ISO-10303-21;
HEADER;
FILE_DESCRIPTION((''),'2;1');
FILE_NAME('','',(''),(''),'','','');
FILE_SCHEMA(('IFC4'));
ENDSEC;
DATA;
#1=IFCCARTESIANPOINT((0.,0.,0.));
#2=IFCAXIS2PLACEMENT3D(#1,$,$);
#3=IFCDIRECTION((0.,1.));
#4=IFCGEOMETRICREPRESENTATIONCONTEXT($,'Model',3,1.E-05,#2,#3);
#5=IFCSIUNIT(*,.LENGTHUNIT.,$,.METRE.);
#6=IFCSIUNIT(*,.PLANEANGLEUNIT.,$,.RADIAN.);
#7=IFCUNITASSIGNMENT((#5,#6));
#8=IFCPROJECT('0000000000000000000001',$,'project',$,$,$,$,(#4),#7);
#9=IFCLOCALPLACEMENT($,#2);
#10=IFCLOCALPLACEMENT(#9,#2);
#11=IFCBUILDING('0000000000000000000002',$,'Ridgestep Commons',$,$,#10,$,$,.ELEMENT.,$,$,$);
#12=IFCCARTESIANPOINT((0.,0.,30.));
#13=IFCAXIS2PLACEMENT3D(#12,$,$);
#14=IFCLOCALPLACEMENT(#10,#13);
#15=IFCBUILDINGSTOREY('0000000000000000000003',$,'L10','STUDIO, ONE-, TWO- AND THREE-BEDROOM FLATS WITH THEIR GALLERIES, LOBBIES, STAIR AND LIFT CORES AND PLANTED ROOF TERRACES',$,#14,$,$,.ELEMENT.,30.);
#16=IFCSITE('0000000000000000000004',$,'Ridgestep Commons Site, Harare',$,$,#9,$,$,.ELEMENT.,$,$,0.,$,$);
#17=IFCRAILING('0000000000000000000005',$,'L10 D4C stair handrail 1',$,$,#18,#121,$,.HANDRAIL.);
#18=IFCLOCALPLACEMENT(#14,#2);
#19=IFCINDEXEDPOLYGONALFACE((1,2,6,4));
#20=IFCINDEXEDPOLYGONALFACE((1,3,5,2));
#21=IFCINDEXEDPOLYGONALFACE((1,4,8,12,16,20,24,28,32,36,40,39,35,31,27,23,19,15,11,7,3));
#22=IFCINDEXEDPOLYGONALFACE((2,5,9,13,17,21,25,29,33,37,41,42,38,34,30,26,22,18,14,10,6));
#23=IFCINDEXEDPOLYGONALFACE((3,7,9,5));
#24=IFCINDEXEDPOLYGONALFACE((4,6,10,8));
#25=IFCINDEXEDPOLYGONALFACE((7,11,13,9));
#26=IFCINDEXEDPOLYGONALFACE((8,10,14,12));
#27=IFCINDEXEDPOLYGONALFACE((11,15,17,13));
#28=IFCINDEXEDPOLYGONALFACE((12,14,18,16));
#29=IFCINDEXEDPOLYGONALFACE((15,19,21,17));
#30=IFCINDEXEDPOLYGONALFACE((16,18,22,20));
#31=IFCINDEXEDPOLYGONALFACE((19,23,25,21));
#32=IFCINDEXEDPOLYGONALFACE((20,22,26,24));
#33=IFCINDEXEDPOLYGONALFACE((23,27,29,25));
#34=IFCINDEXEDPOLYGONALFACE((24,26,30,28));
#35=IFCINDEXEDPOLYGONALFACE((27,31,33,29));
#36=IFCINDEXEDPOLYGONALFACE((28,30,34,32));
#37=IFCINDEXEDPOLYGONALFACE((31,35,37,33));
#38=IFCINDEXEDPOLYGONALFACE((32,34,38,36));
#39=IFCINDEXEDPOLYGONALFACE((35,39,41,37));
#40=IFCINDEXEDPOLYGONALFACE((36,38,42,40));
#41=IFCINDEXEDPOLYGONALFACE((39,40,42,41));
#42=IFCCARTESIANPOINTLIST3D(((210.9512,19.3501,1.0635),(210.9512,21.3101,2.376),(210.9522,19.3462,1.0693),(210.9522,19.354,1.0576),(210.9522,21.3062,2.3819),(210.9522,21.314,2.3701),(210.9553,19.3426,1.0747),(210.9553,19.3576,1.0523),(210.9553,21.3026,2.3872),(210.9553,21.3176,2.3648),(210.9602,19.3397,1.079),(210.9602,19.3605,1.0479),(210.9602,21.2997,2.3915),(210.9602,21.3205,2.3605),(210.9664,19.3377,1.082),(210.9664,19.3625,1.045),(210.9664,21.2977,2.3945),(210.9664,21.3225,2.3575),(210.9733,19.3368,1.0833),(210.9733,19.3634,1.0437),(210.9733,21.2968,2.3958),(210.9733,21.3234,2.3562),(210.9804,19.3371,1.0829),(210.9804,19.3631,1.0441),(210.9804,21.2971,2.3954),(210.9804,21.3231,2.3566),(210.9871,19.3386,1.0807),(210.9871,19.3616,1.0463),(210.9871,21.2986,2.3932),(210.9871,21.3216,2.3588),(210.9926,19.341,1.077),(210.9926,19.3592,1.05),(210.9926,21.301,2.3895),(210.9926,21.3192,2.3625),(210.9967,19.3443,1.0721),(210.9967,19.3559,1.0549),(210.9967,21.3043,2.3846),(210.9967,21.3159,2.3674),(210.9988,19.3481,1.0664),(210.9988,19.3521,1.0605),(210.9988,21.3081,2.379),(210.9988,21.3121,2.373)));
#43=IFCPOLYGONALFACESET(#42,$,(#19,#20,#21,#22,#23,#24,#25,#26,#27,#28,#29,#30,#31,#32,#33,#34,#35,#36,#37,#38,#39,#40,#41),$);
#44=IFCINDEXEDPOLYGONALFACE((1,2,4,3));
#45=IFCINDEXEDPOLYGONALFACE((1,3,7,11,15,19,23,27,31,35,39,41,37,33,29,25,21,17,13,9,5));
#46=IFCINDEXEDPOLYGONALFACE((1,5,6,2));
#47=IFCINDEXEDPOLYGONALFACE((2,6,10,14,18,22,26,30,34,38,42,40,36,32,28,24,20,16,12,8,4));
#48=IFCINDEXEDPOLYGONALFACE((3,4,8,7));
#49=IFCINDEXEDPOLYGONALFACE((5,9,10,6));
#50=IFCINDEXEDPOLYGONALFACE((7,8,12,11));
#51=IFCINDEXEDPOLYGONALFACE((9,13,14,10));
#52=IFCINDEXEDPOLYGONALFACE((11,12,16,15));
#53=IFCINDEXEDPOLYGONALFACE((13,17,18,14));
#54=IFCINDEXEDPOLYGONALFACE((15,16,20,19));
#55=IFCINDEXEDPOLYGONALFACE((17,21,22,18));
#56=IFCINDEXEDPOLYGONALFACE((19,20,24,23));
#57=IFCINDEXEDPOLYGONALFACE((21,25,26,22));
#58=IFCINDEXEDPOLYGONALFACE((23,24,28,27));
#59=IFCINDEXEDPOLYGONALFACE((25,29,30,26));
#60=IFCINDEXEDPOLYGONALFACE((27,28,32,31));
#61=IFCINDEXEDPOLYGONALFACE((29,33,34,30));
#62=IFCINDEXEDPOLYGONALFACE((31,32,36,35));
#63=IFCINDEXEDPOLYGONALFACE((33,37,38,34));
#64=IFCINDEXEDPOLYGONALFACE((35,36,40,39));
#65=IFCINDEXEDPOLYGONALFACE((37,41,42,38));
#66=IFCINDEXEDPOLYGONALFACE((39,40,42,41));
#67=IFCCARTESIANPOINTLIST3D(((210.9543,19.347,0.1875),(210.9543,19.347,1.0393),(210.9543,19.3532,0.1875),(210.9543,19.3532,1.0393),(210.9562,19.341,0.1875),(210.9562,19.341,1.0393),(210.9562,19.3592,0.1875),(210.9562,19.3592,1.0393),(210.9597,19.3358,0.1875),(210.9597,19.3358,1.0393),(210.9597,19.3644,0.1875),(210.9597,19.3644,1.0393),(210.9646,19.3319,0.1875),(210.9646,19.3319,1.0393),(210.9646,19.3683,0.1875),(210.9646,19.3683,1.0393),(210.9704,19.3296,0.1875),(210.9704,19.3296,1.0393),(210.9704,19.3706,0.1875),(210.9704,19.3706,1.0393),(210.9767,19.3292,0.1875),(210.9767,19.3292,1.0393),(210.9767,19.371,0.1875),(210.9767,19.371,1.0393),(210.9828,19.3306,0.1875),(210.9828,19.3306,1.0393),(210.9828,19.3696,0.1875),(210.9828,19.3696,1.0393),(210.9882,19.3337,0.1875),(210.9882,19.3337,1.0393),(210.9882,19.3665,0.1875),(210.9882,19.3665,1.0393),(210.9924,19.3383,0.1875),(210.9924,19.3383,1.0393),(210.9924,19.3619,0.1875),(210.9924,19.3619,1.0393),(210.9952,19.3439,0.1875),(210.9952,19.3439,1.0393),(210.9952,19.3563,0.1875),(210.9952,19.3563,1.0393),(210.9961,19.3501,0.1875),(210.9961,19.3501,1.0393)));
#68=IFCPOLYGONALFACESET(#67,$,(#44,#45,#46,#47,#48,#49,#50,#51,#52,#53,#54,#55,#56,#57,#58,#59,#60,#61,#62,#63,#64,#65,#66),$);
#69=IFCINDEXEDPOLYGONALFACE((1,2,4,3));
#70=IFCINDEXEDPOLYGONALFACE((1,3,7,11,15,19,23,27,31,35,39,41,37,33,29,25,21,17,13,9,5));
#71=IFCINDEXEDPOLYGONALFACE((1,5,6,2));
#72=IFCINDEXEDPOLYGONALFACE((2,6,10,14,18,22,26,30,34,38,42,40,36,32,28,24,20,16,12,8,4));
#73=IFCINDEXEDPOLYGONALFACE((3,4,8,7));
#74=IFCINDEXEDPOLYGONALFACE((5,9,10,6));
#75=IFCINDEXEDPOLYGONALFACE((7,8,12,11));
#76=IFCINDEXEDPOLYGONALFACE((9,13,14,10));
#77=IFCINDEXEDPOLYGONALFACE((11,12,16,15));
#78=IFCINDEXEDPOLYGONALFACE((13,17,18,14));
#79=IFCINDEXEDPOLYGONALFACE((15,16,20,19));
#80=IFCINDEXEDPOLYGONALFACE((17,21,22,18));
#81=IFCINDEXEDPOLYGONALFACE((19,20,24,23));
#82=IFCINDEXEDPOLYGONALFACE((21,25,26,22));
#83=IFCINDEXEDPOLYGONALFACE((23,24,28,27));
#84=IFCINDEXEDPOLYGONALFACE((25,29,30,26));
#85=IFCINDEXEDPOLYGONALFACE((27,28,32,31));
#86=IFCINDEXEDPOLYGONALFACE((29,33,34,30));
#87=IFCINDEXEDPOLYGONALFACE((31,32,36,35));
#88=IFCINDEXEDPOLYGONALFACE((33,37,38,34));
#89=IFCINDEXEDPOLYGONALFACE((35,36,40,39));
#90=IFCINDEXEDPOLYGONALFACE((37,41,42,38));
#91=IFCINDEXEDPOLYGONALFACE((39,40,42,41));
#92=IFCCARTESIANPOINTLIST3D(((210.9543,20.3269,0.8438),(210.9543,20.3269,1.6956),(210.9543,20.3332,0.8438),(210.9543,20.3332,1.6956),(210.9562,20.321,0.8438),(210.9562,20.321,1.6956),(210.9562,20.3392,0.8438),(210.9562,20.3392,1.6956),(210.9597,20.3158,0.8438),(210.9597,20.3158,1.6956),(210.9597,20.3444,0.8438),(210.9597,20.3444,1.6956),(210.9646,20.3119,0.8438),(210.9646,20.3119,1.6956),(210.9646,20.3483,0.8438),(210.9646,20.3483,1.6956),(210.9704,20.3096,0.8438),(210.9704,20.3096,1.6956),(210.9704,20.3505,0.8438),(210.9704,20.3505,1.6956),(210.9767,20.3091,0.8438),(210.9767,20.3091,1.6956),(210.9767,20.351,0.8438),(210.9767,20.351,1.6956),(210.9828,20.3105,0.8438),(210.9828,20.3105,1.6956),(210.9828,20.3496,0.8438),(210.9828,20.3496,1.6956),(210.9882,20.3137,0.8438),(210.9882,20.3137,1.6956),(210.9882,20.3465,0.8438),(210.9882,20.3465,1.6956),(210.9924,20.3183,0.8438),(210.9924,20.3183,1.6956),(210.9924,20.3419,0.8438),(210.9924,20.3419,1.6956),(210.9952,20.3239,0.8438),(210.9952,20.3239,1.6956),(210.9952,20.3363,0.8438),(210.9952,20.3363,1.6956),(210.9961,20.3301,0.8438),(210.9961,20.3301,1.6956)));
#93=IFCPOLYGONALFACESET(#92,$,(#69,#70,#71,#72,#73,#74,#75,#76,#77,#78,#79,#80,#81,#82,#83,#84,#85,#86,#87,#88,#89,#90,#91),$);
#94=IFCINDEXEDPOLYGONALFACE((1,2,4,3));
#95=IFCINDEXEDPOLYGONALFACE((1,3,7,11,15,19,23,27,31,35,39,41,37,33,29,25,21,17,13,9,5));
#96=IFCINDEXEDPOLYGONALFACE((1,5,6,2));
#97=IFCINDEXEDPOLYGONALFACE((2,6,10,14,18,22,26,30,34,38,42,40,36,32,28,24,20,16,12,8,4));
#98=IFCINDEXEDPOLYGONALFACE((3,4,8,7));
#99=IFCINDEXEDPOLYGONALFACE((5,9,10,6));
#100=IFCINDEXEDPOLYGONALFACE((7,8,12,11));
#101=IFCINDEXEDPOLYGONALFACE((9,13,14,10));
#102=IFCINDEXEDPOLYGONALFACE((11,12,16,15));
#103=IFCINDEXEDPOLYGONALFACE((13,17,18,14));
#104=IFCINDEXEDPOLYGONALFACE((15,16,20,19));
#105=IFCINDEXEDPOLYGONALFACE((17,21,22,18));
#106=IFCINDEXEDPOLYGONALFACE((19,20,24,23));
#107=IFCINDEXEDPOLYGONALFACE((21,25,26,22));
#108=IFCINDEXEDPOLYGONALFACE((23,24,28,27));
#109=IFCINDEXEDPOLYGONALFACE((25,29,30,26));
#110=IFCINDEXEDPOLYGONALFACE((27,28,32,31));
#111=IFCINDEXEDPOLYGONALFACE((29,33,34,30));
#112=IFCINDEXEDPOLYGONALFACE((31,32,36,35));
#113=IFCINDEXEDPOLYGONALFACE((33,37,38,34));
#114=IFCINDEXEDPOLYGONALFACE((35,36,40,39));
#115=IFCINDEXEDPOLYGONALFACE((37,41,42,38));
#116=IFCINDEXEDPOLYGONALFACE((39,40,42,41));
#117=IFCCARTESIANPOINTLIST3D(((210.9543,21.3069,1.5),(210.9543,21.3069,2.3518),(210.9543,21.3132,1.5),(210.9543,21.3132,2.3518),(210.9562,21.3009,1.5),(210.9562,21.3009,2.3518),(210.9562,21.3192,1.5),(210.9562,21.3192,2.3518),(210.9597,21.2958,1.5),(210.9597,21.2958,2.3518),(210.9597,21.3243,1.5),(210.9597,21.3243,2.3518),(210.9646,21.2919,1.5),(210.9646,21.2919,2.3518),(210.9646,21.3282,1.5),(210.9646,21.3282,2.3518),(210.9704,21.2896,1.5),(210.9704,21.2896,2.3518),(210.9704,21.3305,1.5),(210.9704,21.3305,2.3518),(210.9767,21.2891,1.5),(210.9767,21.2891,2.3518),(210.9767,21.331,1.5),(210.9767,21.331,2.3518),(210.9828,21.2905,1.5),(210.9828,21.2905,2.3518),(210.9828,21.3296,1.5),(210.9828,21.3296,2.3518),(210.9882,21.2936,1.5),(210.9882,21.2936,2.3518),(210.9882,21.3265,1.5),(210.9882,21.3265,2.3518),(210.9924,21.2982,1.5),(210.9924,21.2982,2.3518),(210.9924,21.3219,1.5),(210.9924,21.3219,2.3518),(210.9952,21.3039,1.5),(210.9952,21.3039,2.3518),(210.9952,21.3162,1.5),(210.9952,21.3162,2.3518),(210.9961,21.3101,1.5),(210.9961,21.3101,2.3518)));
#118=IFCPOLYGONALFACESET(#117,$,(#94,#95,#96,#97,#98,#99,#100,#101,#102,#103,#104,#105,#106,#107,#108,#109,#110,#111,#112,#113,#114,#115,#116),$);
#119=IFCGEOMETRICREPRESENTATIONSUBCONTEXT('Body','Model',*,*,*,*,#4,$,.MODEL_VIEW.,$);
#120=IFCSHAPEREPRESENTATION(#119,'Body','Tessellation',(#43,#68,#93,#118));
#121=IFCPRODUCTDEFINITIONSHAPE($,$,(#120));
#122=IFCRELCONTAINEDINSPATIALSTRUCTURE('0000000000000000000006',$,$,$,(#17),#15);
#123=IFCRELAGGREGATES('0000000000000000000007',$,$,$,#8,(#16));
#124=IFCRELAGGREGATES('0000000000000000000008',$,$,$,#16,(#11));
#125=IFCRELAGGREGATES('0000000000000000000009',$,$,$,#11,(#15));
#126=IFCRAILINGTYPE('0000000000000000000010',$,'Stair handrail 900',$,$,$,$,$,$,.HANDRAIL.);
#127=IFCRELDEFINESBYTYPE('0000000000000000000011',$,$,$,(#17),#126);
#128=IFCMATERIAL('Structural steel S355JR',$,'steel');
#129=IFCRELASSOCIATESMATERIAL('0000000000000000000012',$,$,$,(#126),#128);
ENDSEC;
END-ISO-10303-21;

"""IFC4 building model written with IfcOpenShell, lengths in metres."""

from ifc_helpers import new_model, si_unit, direction, frame, origin, origin_2d, place, context, subcontext, project, spatial, circle, extrude, material, type_object, element, save


model = new_model("IFC4")

# Units and contexts
model_context = context("Model", 3, precision=1e-05, world=origin(), true_north=direction((0.0, 1.0)))
body_context = subcontext(model_context, "Body", "Model", "MODEL_VIEW")
ifc_project = project(units=[si_unit("LENGTHUNIT", "METRE"), si_unit("PLANEANGLEUNIT", "RADIAN")], contexts=[model_context])

# Site, building, storey
site_placement = place(None, origin())
site = spatial("IfcSite", under=ifc_project, at=site_placement, Name="Ridgestep Commons Site, Harare", CompositionType="ELEMENT", RefElevation=0.0)
building_placement = place(site_placement, origin())
building = spatial("IfcBuilding", under=site, at=building_placement, Name="Ridgestep Commons", CompositionType="ELEMENT")
storey_placement = place(building_placement, frame((0.0, 0.0, 30.0)))
storey = spatial("IfcBuildingStorey", under=building, at=storey_placement, Name="L10", Description="STUDIO, ONE-, TWO- AND THREE-BEDROOM FLATS WITH THEIR GALLERIES, LOBBIES, STAIR AND LIFT CORES AND PLANTED ROOF TERRACES", CompositionType="ELEMENT", Elevation=30.0)

# Railing
ifc_material_1 = material(Name="Structural steel S355JR", Category="steel")
railing_type_1 = type_object("IfcRailingType", Name="Stair handrail 900", PredefinedType="HANDRAIL", material=ifc_material_1)
railing_1_placement = place(storey_placement, frame((210.9751, 19.3501, 0.1875)))
element("IfcRailing", 1, at=railing_1_placement, inside=storey, type_object=railing_type_1, Name="L10 D4C stair handrail 1", PredefinedType="HANDRAIL", context=body_context, shape_type="SweptSolid", body=[
    extrude(circle(Radius=0.0239, at=origin_2d()), frame((0.0, 0.0, 0.876), z_axis=(0.0, 0.830902, 0.556419), x_axis=(-1.0, 0.0, 0.0)), (0.0, 0.0, 1.0), 2.3589),
    extrude(circle(Radius=0.021, at=origin_2d()), origin(), (0.0, 0.0, 1.0), 0.8518),
    extrude(circle(Radius=0.021, at=origin_2d()), frame((0.0, 0.98, 0.6562)), (0.0, 0.0, 1.0), 0.8518),
    extrude(circle(Radius=0.021, at=origin_2d()), frame((0.0, 1.96, 1.3125)), (0.0, 0.0, 1.0), 0.8518),
])

save(model, "model.ifc")
